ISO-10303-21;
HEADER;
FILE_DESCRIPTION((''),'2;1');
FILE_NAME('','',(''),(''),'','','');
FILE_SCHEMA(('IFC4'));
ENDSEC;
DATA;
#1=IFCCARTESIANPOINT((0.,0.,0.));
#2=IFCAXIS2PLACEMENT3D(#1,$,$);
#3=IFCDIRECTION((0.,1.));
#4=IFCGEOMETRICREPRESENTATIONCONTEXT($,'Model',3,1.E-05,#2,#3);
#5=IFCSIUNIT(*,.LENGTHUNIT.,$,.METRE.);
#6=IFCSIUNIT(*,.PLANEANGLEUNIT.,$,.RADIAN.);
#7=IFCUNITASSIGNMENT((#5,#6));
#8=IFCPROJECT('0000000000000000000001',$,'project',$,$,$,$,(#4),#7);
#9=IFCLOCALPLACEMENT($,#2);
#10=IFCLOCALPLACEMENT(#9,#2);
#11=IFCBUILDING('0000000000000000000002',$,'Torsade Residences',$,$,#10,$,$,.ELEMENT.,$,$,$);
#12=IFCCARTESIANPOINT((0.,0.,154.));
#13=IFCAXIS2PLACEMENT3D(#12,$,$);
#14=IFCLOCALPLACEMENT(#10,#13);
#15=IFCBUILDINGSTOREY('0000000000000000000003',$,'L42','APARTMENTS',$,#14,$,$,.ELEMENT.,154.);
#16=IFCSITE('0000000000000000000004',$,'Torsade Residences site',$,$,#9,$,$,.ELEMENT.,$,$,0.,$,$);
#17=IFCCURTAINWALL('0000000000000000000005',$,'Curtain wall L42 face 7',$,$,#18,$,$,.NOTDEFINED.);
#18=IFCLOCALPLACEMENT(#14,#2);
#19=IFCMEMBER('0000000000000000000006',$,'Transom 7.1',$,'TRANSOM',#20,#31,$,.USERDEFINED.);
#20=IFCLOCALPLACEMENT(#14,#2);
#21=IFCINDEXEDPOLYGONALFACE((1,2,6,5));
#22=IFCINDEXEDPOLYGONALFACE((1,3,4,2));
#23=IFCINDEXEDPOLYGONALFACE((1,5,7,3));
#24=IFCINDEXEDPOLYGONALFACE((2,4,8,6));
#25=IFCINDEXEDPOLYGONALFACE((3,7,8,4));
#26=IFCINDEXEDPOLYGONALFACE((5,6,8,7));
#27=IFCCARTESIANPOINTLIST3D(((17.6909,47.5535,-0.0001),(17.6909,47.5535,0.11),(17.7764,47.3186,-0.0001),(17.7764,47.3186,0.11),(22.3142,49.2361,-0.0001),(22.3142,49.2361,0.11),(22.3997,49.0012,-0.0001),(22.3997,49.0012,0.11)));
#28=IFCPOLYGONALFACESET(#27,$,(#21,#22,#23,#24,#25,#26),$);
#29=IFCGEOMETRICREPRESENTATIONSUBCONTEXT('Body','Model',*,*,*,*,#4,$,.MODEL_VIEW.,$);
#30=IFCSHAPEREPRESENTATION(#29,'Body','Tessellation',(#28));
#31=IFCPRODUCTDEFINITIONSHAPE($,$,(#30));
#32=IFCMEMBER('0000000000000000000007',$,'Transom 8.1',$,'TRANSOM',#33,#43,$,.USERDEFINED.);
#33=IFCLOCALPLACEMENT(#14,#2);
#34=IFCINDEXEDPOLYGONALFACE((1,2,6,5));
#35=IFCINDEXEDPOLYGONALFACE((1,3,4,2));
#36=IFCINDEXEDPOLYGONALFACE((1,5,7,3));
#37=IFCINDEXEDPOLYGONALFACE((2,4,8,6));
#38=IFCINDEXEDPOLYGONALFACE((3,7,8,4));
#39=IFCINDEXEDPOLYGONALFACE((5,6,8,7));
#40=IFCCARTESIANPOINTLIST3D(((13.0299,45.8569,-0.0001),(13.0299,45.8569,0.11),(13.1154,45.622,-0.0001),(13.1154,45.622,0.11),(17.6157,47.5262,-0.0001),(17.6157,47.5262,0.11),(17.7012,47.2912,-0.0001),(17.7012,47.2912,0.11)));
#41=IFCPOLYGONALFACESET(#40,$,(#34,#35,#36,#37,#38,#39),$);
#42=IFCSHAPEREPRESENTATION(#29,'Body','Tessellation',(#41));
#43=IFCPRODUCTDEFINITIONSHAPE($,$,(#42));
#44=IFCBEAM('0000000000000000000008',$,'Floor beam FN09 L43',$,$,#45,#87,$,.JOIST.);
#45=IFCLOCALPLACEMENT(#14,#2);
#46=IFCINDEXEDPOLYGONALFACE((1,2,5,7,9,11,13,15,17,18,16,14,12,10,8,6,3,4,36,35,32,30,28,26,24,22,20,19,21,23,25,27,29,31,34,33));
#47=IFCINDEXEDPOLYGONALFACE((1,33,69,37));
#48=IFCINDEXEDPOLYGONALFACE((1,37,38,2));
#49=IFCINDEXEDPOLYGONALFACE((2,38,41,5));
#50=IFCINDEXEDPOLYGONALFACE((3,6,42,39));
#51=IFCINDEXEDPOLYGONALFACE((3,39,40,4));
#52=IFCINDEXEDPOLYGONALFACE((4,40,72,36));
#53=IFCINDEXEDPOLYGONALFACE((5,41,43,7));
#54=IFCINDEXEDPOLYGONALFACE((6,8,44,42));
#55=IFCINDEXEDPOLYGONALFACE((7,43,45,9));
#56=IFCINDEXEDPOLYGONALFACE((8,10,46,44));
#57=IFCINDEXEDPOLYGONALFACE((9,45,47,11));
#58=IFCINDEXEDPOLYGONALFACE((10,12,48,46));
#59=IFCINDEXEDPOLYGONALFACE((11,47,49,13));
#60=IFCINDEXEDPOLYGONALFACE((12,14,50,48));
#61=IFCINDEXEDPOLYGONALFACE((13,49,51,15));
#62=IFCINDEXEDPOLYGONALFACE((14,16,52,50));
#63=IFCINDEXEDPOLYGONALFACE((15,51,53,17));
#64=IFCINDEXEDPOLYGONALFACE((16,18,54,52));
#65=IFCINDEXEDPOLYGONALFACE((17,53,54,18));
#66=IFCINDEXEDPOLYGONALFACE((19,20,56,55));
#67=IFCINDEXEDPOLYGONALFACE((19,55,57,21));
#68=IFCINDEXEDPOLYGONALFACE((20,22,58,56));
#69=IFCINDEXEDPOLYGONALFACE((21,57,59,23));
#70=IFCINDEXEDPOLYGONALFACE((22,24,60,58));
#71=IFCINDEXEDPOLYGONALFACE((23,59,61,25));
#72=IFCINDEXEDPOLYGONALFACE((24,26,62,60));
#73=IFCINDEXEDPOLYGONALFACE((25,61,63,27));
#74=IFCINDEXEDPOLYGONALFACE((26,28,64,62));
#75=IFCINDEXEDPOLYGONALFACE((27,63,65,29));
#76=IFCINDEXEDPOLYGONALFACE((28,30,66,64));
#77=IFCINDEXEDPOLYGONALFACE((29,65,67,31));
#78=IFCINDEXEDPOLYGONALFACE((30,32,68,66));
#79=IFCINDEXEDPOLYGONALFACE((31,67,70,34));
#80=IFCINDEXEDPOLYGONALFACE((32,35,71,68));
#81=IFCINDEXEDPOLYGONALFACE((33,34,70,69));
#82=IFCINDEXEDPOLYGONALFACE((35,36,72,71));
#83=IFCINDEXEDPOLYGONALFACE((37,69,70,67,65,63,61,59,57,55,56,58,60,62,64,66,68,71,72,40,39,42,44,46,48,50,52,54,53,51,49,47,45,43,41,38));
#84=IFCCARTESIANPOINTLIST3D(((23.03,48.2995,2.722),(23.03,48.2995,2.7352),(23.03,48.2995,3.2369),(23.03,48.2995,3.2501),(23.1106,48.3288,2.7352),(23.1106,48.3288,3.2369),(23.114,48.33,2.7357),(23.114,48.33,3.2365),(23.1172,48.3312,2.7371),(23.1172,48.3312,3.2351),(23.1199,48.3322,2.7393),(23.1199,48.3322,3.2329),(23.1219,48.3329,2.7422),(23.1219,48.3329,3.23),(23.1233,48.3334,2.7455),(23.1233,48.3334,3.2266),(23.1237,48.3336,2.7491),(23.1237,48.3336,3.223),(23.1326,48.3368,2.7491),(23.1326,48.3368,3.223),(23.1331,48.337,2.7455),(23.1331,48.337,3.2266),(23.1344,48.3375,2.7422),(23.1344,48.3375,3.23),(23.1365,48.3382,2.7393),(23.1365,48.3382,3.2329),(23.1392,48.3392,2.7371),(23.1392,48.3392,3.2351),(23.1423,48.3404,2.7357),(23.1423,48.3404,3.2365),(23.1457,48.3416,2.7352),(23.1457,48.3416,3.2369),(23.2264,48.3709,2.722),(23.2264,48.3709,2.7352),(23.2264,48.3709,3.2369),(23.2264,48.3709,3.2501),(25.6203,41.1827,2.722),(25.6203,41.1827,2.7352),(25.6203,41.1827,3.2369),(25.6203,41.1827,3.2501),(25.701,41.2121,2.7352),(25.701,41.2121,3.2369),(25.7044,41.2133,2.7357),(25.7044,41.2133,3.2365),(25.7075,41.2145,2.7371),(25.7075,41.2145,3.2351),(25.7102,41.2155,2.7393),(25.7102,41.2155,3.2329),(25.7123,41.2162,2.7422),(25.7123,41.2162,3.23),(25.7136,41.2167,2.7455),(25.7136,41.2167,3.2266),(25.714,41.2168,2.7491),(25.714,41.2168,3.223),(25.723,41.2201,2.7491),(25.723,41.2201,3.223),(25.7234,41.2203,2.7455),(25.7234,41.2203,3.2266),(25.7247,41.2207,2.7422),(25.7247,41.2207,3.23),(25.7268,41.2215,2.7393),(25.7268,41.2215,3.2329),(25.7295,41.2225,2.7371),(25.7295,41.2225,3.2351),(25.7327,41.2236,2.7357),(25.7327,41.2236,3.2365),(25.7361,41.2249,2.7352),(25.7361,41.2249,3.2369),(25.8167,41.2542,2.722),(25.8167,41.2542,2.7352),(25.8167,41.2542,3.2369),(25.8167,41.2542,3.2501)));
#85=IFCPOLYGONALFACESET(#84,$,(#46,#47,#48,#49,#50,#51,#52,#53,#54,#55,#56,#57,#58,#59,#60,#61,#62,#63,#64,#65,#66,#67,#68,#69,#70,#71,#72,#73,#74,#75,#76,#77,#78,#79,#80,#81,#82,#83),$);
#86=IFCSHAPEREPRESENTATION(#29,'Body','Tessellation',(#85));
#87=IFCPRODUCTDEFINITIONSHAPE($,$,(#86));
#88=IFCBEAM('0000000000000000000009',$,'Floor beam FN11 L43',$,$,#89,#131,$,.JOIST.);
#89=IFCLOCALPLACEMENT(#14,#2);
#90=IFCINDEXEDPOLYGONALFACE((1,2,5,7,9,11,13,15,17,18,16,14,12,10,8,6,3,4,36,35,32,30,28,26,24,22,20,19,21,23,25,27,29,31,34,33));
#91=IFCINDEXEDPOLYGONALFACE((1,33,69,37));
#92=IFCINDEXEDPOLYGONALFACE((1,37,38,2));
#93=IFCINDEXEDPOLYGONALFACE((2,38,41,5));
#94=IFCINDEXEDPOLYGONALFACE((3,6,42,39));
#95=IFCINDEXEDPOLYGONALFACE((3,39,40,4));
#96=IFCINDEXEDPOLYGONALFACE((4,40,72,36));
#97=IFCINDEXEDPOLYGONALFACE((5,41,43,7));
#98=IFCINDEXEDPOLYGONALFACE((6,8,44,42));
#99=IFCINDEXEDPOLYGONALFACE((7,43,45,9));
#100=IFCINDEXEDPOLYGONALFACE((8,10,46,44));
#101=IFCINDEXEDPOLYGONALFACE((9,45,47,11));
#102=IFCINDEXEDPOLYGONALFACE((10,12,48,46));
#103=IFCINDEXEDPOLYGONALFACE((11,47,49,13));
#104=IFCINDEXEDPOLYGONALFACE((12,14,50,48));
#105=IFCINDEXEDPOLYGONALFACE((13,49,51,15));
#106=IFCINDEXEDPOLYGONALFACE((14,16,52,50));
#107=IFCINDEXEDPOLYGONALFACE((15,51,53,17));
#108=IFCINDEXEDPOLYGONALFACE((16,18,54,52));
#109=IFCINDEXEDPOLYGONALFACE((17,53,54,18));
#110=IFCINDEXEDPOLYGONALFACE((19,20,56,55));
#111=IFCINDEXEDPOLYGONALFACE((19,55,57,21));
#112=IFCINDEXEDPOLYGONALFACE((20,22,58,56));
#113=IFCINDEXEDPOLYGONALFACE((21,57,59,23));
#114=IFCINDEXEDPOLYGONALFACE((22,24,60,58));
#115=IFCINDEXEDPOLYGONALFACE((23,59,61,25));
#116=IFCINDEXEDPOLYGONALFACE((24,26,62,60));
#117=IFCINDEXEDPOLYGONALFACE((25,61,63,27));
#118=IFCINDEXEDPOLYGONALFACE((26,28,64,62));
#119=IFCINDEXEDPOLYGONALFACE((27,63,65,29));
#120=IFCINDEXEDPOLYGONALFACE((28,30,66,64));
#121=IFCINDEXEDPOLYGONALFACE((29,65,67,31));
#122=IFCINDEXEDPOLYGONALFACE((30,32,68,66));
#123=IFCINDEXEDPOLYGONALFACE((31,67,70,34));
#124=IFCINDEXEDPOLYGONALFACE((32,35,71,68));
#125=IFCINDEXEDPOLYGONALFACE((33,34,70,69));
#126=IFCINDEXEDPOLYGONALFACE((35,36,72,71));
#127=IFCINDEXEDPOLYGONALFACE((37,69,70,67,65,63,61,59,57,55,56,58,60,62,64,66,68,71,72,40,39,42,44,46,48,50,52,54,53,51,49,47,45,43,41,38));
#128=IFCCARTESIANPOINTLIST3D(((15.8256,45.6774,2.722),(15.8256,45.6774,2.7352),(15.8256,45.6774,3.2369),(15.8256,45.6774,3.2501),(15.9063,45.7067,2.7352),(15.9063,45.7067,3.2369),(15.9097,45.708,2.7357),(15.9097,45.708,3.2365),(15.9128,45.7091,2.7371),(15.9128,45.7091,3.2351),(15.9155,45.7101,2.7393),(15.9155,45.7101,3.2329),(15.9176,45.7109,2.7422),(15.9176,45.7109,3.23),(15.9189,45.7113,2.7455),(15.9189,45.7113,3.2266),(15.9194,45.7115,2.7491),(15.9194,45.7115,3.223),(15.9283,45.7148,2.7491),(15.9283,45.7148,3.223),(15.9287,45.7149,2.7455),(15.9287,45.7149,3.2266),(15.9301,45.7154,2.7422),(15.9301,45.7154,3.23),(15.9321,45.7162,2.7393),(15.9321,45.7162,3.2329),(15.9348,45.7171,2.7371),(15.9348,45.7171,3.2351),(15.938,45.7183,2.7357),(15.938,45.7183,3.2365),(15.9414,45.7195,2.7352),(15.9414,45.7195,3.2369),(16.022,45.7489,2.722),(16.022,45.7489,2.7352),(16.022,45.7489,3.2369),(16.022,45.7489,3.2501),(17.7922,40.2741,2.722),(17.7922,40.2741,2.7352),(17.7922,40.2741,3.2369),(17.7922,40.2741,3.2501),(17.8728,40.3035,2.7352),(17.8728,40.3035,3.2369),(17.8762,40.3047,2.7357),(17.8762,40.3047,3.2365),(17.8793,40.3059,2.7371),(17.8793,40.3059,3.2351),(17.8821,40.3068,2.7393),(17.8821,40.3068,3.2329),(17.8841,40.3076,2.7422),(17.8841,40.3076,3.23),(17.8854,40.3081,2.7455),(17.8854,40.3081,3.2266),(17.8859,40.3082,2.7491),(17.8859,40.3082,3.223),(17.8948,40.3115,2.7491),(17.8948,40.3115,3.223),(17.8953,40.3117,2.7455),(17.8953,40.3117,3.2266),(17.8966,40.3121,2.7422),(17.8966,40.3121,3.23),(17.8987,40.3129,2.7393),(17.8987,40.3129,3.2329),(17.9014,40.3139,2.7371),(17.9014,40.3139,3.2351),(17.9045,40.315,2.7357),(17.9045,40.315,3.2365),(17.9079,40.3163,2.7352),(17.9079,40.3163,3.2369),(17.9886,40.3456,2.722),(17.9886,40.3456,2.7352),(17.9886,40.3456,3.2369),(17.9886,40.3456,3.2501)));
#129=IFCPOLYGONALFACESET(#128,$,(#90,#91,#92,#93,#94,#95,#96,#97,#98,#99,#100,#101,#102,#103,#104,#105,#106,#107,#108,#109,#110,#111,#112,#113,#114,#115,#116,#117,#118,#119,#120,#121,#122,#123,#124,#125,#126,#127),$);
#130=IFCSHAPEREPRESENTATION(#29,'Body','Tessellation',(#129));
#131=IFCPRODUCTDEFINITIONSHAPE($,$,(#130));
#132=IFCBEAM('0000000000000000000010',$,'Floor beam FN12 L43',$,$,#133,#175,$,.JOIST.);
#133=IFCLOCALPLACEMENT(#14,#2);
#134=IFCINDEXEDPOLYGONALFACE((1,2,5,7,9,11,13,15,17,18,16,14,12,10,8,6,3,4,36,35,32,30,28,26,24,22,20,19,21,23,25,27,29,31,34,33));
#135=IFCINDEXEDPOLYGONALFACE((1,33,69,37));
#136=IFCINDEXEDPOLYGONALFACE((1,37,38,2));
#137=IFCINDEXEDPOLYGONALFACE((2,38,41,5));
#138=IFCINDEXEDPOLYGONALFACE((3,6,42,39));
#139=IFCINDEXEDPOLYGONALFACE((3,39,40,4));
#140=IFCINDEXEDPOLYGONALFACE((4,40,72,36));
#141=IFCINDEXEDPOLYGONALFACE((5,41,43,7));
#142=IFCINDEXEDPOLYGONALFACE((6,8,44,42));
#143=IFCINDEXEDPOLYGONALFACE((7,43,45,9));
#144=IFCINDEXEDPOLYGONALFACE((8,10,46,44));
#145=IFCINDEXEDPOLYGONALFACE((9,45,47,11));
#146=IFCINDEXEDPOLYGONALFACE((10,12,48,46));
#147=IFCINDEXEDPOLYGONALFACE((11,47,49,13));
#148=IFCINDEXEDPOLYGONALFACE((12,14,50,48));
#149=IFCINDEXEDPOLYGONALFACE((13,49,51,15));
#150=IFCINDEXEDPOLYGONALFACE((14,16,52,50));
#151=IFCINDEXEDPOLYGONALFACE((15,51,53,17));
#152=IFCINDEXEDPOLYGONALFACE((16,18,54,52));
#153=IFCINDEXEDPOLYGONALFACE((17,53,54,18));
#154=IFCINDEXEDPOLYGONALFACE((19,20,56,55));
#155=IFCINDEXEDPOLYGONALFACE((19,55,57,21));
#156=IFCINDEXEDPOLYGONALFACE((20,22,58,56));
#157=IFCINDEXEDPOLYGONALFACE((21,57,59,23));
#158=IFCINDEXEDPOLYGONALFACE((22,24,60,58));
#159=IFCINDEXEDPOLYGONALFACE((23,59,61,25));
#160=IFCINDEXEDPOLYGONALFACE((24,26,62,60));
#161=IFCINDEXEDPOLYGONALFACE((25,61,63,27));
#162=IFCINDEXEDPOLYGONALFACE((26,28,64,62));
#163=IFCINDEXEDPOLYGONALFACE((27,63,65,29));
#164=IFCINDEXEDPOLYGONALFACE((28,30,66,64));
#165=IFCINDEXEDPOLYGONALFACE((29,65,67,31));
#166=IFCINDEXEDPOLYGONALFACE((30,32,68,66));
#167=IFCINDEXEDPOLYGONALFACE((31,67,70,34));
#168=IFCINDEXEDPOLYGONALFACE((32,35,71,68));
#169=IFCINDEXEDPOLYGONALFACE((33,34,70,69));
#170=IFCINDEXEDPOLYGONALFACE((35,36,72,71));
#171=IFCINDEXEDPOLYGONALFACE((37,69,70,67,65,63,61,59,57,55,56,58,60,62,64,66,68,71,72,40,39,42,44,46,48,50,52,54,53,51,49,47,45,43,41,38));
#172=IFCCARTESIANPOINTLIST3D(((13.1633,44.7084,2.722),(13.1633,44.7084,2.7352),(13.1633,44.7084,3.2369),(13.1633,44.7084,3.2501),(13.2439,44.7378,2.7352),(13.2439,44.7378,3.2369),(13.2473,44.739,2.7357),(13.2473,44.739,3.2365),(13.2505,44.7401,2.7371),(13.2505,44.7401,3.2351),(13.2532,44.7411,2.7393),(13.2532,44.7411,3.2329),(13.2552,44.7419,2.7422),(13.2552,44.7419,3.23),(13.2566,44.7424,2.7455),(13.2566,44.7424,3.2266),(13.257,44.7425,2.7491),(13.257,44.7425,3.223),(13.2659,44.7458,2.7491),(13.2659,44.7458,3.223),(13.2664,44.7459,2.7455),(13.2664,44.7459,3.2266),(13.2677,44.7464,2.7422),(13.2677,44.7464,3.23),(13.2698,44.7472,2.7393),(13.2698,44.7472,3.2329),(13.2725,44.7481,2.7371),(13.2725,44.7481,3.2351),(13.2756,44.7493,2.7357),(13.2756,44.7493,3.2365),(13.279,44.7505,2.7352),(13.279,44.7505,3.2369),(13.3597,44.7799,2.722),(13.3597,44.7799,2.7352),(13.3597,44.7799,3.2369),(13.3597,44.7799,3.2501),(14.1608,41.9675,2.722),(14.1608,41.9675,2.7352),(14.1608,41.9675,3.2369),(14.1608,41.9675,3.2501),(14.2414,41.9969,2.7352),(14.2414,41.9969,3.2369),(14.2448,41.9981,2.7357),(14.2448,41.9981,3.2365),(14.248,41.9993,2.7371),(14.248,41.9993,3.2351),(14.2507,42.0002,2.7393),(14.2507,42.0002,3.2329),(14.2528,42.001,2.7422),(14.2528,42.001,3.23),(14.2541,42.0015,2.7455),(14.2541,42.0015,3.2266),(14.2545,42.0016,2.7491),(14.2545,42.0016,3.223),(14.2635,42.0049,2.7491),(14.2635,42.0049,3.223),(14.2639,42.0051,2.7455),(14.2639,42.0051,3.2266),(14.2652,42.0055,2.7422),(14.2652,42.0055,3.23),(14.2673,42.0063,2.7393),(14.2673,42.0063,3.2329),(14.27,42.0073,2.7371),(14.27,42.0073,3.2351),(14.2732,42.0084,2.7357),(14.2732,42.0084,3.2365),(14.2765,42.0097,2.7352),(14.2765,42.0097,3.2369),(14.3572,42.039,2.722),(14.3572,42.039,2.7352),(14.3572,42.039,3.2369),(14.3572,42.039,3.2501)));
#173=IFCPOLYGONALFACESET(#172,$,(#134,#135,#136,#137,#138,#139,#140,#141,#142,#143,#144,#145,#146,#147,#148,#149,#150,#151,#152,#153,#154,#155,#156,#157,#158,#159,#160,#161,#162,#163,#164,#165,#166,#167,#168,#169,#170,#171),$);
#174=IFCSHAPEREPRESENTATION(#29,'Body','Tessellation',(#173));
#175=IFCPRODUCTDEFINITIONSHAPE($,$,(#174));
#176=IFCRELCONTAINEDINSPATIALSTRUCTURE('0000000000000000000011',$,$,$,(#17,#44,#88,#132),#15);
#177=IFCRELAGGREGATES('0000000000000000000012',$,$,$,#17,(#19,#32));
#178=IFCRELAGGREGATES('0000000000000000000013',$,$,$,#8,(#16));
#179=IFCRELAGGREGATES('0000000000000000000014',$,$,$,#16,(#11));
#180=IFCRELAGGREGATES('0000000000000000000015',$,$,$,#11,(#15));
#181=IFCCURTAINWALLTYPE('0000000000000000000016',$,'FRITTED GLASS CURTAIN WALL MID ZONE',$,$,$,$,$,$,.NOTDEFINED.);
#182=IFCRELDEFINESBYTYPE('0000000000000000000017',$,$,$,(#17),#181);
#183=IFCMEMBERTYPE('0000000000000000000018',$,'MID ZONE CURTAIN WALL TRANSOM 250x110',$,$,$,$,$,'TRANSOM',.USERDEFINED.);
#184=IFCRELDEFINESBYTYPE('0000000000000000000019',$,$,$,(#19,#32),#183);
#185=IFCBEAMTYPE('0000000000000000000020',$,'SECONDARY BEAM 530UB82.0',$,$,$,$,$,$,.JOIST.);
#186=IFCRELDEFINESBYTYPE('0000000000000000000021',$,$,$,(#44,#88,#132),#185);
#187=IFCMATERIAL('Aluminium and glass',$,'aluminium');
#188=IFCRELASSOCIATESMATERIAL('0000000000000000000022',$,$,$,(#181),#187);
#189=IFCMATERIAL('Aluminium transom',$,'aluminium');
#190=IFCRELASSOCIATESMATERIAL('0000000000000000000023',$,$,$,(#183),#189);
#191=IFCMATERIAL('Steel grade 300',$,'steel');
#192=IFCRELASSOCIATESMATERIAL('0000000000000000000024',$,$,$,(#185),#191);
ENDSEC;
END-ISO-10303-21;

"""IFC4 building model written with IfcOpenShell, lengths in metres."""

from ifc_helpers import new_model, si_unit, direction, frame, origin, origin_2d, place, context, subcontext, project, spatial, rectangle, i_section, extrude, material, material_profile, profile_set, type_object, element, aggregate, save


model = new_model("IFC4")

# Units and contexts
model_context = context("Model", 3, precision=1e-05, world=origin(), true_north=direction((0.0, 1.0)))
body_context = subcontext(model_context, "Body", "Model", "MODEL_VIEW")
ifc_project = project(units=[si_unit("LENGTHUNIT", "METRE"), si_unit("PLANEANGLEUNIT", "RADIAN")], contexts=[model_context])

# Site, building, storey
site_placement = place(None, origin())
site = spatial("IfcSite", under=ifc_project, at=site_placement, Name="Torsade Residences site", CompositionType="ELEMENT", RefElevation=0.0)
building_placement = place(site_placement, origin())
building = spatial("IfcBuilding", under=site, at=building_placement, Name="Torsade Residences", CompositionType="ELEMENT")
storey_placement = place(building_placement, frame((0.0, 0.0, 154.0)))
storey = spatial("IfcBuildingStorey", under=building, at=storey_placement, Name="L42", Description="APARTMENTS", CompositionType="ELEMENT", Elevation=154.0)

# Curtain wall, members
ifc_material_1 = material(Name="Aluminium and glass", Category="aluminium")
curtain_wall_type = type_object("IfcCurtainWallType", Name="FRITTED GLASS CURTAIN WALL MID ZONE", PredefinedType="NOTDEFINED", material=ifc_material_1)
curtain_wall_placement = place(storey_placement, origin())
curtain_wall = element("IfcCurtainWall", 1, at=curtain_wall_placement, inside=storey, type_object=curtain_wall_type, Name="Curtain wall L42 face 7", PredefinedType="NOTDEFINED")
ifc_material_2 = material(Name="Aluminium transom", Category="aluminium")
ifc_material_profile_1 = material_profile(ifc_material_2, rectangle(XDim=0.25, YDim=0.1101, at=origin_2d()), Name="MID ZONE CURTAIN WALL TRANSOM 250x110")
ifc_profile_set_1 = profile_set([ifc_material_profile_1], Name="Aluminium transom")
member_type_1 = type_object("IfcMemberType", Name="MID ZONE CURTAIN WALL TRANSOM 250x110", ElementType="TRANSOM", PredefinedType="USERDEFINED", material=ifc_profile_set_1)
member_1_placement = place(storey_placement, frame((22.3569, 49.1187, 0.0549), z_axis=(-0.939701, -0.341998, 0.0), x_axis=(0.341998, -0.939701, 0.0)))
member_1 = element("IfcMember", 2, at=member_1_placement, type_object=member_type_1, Name="Transom 7.1", ObjectType="TRANSOM", PredefinedType="USERDEFINED", context=body_context, shape_type="SweptSolid", body=[
    extrude(rectangle(XDim=0.25, YDim=0.1101, at=origin_2d()), origin(), (0.0, 0.0, 1.0), 4.9199),
])
member_2_placement = place(storey_placement, frame((17.6584, 47.4087, 0.0549), z_axis=(-0.939684, -0.342044, 0.0), x_axis=(0.342044, -0.939684, 0.0)))
member_2 = element("IfcMember", 3, at=member_2_placement, type_object=member_type_1, Name="Transom 8.1", ObjectType="TRANSOM", PredefinedType="USERDEFINED", context=body_context, shape_type="SweptSolid", body=[
    extrude(rectangle(XDim=0.25, YDim=0.1101, at=origin_2d()), origin(), (0.0, 0.0, 1.0), 4.8801),
])

# Beams
ifc_material_3 = material(Name="Steel grade 300", Category="steel")
ifc_material_profile_2 = material_profile(ifc_material_3, i_section(OverallWidth=0.209, OverallDepth=0.5281, WebThickness=0.0095, FlangeThickness=0.0132, FilletRadius=0.0139, at=origin_2d()), Name="530UB82.0")
ifc_profile_set_2 = profile_set([ifc_material_profile_2], Name="Steel grade 300")
beam_type_1 = type_object("IfcBeamType", Name="SECONDARY BEAM 530UB82.0", PredefinedType="JOIST", material=ifc_profile_set_2)
beam_1_placement = place(storey_placement, frame((23.1282, 48.3352, 2.9861), z_axis=(0.342028, -0.93969, 0.0), x_axis=(0.93969, 0.342028, 0.0)))
element("IfcBeam", 4, at=beam_1_placement, inside=storey, type_object=beam_type_1, Name="Floor beam FN09 L43", PredefinedType="JOIST", context=body_context, shape_type="SweptSolid", body=[
    extrude(i_section(OverallWidth=0.209, OverallDepth=0.5281, WebThickness=0.0095, FlangeThickness=0.0132, FilletRadius=0.0139, at=origin_2d()), origin(), (0.0, 0.0, 1.0), 7.5735),
])
beam_2_placement = place(storey_placement, frame((15.9238, 45.7131, 2.9861), z_axis=(0.342006, -0.939698, 0.0), x_axis=(0.939698, 0.342006, 0.0)))
element("IfcBeam", 5, at=beam_2_placement, inside=storey, type_object=beam_type_1, Name="Floor beam FN11 L43", PredefinedType="JOIST", context=body_context, shape_type="SweptSolid", body=[
    extrude(i_section(OverallWidth=0.209, OverallDepth=0.5281, WebThickness=0.0095, FlangeThickness=0.0132, FilletRadius=0.0139, at=origin_2d()), origin(), (0.0, 0.0, 1.0), 5.75),
])
beam_3_placement = place(storey_placement, frame((13.2615, 44.7441, 2.9861), z_axis=(0.341998, -0.939701, 0.0), x_axis=(0.939701, 0.341998, 0.0)))
element("IfcBeam", 6, at=beam_3_placement, inside=storey, type_object=beam_type_1, Name="Floor beam FN12 L43", PredefinedType="JOIST", context=body_context, shape_type="SweptSolid", body=[
    extrude(i_section(OverallWidth=0.209, OverallDepth=0.5281, WebThickness=0.0095, FlangeThickness=0.0132, FilletRadius=0.0139, at=origin_2d()), origin(), (0.0, 0.0, 1.0), 2.9167),
])

aggregate(curtain_wall, [member_1, member_2])

save(model, "model.ifc")
